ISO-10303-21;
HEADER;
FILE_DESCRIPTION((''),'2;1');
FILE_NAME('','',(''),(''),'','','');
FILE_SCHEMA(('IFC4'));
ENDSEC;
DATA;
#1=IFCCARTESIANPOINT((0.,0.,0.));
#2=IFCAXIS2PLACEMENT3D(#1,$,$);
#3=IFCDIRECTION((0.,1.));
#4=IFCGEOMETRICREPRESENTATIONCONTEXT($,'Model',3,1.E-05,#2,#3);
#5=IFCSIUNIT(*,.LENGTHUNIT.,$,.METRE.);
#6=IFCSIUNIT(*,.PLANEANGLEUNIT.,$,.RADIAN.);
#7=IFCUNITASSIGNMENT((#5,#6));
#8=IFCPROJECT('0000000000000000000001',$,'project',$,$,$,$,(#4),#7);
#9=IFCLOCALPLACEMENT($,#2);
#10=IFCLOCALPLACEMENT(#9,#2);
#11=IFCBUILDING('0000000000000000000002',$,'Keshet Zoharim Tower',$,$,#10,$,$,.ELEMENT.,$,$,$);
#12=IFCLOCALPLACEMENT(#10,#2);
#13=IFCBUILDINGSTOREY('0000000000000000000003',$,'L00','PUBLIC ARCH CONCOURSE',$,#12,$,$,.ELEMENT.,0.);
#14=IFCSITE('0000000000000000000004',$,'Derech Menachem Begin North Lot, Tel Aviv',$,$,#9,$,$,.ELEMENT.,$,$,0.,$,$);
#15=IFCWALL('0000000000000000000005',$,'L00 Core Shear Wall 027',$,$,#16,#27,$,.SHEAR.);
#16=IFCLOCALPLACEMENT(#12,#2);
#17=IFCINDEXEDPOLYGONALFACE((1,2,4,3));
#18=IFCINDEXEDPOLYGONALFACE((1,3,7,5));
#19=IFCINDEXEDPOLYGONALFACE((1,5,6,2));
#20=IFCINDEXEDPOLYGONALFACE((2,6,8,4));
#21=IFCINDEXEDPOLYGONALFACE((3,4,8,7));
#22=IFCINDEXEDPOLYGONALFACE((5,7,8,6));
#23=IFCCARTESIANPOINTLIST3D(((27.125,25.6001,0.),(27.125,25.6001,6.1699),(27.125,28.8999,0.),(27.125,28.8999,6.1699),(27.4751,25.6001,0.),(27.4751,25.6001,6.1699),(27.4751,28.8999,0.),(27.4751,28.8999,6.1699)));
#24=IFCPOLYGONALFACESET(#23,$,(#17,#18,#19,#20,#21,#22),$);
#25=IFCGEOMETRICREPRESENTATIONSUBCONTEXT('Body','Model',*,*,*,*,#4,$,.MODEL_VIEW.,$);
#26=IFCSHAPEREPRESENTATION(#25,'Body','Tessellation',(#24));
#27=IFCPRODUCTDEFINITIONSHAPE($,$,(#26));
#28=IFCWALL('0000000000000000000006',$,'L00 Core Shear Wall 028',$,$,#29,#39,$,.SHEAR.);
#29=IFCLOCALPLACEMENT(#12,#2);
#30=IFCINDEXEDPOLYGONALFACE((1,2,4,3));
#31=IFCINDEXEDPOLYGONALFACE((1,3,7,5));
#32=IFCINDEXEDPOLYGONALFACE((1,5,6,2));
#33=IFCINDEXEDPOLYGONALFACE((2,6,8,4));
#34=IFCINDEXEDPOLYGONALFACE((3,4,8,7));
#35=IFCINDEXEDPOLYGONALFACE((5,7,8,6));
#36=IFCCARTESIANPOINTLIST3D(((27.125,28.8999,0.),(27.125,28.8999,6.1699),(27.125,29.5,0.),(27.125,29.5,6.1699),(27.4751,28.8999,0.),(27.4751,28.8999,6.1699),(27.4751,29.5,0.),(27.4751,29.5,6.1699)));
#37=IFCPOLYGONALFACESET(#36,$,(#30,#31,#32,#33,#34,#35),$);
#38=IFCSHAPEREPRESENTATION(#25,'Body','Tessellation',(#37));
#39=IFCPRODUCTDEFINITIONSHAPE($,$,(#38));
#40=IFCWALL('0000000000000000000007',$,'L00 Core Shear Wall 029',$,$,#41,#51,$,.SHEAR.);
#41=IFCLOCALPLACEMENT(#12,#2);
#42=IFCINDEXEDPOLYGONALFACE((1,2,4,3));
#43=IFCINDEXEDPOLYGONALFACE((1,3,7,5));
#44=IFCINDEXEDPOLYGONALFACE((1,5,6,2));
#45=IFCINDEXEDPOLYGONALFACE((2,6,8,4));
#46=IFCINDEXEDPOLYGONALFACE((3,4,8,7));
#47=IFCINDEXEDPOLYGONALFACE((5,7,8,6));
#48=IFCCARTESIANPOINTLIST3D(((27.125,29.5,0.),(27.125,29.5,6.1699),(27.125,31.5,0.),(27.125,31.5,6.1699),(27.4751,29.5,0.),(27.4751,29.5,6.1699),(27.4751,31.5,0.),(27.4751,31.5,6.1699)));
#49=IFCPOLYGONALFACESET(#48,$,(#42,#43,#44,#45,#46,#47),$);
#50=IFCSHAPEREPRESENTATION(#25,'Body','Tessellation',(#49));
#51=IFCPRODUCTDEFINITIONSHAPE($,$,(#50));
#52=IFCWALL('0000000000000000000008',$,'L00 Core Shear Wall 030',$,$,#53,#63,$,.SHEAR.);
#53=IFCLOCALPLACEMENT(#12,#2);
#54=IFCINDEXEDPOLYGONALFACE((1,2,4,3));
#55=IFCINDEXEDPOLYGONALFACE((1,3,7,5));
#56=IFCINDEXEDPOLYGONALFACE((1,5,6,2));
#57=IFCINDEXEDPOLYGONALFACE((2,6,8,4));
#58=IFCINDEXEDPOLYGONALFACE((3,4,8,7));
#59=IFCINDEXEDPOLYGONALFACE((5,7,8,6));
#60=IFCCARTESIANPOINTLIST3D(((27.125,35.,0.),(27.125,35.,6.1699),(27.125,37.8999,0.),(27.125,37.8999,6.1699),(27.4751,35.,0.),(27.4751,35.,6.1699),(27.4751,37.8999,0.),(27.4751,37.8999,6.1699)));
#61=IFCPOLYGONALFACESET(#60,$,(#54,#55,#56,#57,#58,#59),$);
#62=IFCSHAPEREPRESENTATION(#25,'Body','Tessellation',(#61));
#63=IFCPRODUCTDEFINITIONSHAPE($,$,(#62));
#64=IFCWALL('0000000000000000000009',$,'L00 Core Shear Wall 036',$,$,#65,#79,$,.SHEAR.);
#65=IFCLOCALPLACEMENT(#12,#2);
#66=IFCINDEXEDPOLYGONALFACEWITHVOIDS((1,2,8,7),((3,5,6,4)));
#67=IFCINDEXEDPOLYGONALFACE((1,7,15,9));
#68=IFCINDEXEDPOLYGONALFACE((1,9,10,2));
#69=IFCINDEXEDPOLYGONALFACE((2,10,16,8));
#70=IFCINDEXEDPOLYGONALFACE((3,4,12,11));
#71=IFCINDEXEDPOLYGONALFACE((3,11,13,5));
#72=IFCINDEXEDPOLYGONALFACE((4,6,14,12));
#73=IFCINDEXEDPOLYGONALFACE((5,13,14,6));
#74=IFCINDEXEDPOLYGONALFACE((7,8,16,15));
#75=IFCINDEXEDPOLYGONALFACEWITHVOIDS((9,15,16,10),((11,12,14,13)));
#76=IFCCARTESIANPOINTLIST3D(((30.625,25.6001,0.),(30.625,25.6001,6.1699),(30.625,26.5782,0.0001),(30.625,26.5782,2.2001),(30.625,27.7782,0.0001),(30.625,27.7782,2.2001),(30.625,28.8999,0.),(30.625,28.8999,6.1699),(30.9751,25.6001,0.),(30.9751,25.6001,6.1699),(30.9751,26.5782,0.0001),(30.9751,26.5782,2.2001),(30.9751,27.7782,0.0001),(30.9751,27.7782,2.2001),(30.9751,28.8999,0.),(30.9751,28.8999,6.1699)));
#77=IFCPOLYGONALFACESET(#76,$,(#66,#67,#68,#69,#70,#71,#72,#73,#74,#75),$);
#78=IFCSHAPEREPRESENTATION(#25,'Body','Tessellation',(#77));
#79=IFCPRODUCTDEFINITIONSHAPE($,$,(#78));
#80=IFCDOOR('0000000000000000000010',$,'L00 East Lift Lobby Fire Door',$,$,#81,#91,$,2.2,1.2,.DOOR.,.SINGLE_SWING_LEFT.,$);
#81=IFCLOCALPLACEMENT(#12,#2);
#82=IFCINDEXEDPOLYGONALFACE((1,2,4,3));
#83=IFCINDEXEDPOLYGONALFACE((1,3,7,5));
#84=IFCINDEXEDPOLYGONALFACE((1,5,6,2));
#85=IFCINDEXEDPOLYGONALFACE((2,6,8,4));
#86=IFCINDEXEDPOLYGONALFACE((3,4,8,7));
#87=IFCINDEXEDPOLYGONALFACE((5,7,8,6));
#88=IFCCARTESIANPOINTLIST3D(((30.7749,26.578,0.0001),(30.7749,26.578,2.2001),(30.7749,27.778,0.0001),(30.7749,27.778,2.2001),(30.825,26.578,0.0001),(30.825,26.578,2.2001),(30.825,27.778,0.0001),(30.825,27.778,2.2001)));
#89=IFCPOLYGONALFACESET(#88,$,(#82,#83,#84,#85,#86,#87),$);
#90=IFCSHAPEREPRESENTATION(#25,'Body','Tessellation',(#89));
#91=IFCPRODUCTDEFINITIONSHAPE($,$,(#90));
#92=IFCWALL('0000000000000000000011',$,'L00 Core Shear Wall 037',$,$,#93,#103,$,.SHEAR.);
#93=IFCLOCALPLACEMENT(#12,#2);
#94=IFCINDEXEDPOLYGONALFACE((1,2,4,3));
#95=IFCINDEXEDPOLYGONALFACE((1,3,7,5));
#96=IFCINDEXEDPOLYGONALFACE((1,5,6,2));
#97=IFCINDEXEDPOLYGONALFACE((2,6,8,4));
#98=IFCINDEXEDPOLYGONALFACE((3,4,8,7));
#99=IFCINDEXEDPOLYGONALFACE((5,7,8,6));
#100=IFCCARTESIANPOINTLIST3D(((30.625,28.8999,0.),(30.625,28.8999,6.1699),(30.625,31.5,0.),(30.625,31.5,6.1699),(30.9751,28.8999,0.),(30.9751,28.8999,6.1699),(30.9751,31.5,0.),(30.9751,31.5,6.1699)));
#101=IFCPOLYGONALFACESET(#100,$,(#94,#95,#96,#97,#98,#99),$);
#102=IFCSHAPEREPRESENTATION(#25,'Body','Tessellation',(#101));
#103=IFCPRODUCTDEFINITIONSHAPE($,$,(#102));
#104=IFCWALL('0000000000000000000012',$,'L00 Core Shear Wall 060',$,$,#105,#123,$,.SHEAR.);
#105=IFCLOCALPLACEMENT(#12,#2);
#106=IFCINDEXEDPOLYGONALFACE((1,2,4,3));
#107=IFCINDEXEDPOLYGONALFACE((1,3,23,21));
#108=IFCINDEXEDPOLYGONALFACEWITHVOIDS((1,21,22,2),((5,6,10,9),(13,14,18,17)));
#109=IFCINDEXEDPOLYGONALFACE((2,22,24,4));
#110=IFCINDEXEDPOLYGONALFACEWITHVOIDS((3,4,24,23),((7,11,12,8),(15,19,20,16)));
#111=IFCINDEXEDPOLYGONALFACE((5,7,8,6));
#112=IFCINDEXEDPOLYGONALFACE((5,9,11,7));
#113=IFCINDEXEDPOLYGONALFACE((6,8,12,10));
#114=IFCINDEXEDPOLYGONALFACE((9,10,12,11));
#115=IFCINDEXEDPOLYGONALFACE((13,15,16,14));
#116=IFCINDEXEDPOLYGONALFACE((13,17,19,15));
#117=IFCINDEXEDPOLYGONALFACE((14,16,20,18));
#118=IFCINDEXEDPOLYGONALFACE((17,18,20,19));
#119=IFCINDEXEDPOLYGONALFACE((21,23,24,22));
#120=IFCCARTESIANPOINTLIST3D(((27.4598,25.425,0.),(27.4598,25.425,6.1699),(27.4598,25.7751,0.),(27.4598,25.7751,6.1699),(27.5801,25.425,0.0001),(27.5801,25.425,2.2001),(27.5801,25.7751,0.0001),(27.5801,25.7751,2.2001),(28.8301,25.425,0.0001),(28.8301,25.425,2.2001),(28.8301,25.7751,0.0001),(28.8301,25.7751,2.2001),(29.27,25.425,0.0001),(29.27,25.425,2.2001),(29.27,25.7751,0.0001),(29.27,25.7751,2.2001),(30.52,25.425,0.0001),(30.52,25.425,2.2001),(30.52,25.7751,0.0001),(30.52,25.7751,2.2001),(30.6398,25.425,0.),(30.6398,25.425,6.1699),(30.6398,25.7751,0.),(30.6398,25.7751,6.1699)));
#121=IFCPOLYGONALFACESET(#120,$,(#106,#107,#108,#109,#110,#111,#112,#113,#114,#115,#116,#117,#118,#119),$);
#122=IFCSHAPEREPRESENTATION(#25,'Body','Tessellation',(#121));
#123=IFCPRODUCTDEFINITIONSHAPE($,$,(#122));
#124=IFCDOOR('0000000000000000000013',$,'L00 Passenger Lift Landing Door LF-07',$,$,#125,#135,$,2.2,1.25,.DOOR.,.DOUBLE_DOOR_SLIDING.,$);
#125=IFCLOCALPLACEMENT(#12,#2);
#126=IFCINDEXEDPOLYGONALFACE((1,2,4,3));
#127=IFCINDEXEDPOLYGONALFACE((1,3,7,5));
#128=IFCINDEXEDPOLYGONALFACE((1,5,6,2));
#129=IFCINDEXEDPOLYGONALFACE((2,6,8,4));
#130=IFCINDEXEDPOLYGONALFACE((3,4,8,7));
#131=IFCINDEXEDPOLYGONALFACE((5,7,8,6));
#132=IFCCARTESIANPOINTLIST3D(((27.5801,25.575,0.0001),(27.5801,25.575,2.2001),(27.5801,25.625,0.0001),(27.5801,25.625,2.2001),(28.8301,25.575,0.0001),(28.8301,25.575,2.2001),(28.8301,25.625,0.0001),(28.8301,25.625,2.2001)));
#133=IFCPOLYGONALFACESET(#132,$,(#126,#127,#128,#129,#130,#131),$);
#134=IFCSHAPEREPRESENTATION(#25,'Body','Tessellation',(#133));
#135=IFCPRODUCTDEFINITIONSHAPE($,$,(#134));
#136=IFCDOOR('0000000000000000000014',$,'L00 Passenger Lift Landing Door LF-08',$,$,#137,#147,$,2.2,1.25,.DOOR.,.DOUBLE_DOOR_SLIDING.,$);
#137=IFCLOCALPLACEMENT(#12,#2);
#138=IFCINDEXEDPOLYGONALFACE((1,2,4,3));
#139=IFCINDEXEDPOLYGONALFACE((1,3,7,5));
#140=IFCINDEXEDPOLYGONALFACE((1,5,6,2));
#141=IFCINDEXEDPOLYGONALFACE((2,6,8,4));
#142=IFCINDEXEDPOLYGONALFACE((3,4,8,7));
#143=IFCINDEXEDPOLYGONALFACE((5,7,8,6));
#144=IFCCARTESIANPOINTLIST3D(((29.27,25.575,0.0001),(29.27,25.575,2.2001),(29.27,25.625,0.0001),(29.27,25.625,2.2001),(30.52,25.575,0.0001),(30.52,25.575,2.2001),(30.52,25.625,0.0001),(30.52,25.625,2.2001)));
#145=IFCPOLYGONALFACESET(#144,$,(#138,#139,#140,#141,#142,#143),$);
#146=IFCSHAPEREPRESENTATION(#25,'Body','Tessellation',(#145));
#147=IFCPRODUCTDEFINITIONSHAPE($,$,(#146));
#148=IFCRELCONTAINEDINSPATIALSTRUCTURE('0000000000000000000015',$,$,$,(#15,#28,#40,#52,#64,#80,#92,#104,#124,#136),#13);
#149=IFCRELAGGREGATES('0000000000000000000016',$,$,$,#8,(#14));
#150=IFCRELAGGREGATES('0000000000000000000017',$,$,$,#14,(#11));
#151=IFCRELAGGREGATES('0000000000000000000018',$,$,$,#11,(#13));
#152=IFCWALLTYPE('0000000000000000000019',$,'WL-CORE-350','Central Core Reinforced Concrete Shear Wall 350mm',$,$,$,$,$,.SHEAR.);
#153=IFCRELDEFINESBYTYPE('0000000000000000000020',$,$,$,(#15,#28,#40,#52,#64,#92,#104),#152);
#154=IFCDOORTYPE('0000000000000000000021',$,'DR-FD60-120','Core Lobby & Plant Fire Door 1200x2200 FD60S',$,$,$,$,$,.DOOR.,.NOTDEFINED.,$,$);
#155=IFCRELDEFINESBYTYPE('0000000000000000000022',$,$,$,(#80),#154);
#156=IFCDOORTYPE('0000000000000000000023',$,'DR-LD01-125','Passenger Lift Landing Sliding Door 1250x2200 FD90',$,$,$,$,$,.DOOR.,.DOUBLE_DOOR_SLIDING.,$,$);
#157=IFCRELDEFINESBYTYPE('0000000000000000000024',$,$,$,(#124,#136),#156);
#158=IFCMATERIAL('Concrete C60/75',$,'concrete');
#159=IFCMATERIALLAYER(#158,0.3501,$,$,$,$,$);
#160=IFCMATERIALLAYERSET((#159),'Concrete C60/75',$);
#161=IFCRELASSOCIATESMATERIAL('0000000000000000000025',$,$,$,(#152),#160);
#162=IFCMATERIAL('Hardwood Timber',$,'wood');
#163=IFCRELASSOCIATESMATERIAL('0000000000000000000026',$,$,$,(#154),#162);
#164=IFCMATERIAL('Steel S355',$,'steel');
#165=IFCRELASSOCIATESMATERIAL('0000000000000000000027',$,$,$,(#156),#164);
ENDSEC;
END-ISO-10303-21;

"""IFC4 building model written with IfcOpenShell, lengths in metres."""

from ifc_helpers import new_model, si_unit, direction, frame, frame_2d, origin, place, context, subcontext, project, spatial, rectangle, extrude, material, layer, layer_set, type_object, element, fill, save


model = new_model("IFC4")

# Units and contexts
model_context = context("Model", 3, precision=1e-05, world=origin(), true_north=direction((0.0, 1.0)))
body_context = subcontext(model_context, "Body", "Model", "MODEL_VIEW")
ifc_project = project(units=[si_unit("LENGTHUNIT", "METRE"), si_unit("PLANEANGLEUNIT", "RADIAN")], contexts=[model_context])

# Site, building, storey
site_placement = place(None, origin())
site = spatial("IfcSite", under=ifc_project, at=site_placement, Name="Derech Menachem Begin North Lot, Tel Aviv", CompositionType="ELEMENT", RefElevation=0.0)
building_placement = place(site_placement, origin())
building = spatial("IfcBuilding", under=site, at=building_placement, Name="Keshet Zoharim Tower", CompositionType="ELEMENT")
storey_placement = place(building_placement, origin())
storey = spatial("IfcBuildingStorey", under=building, at=storey_placement, Name="L00", Description="PUBLIC ARCH CONCOURSE", CompositionType="ELEMENT", Elevation=0.0)

# Walls
ifc_material_1 = material(Name="Concrete C60/75", Category="concrete")
ifc_layer_1 = layer(ifc_material_1, 0.3501)
ifc_layer_set_1 = layer_set([ifc_layer_1], Name="Concrete C60/75")
wall_type_1 = type_object("IfcWallType", Name="WL-CORE-350", Description="Central Core Reinforced Concrete Shear Wall 350mm", PredefinedType="SHEAR", material=ifc_layer_set_1)
wall_1_placement = place(storey_placement, frame((27.3, 25.6001, 0.0), z_axis=(0.0, 0.0, 1.0), x_axis=(0.0, 1.0, 0.0)))
element("IfcWall", 1, at=wall_1_placement, inside=storey, type_object=wall_type_1, Name="L00 Core Shear Wall 027", PredefinedType="SHEAR", context=body_context, shape_type="SweptSolid", body=[
    extrude(rectangle(XDim=3.2998, YDim=0.3501, at=frame_2d((1.6499, 0.0))), origin(), (0.0, 0.0, 1.0), 6.1699),
])
wall_2_placement = place(storey_placement, frame((27.3, 28.8999, 0.0), z_axis=(0.0, 0.0, 1.0), x_axis=(0.0, 1.0, 0.0)))
element("IfcWall", 2, at=wall_2_placement, inside=storey, type_object=wall_type_1, Name="L00 Core Shear Wall 028", PredefinedType="SHEAR", context=body_context, shape_type="SweptSolid", body=[
    extrude(rectangle(XDim=0.6001, YDim=0.3501, at=frame_2d((0.3, 0.0))), origin(), (0.0, 0.0, 1.0), 6.1699),
])
wall_3_placement = place(storey_placement, frame((27.3, 29.5, 0.0), z_axis=(0.0, 0.0, 1.0), x_axis=(0.0, 1.0, 0.0)))
element("IfcWall", 3, at=wall_3_placement, inside=storey, type_object=wall_type_1, Name="L00 Core Shear Wall 029", PredefinedType="SHEAR", context=body_context, shape_type="SweptSolid", body=[
    extrude(rectangle(XDim=2.0, YDim=0.3501, at=frame_2d((1.0, 0.0))), origin(), (0.0, 0.0, 1.0), 6.1699),
])
wall_4_placement = place(storey_placement, frame((27.3, 35.0, 0.0), z_axis=(0.0, 0.0, 1.0), x_axis=(0.0, 1.0, 0.0)))
element("IfcWall", 4, at=wall_4_placement, inside=storey, type_object=wall_type_1, Name="L00 Core Shear Wall 030", PredefinedType="SHEAR", context=body_context, shape_type="SweptSolid", body=[
    extrude(rectangle(XDim=2.8999, YDim=0.3501, at=frame_2d((1.45, 0.0))), origin(), (0.0, 0.0, 1.0), 6.1699),
])

# Wall, opening, door
wall_5_placement = place(storey_placement, frame((30.8, 25.6001, 0.0), z_axis=(0.0, 0.0, 1.0), x_axis=(0.0, 1.0, 0.0)))
wall_5 = element("IfcWall", 5, at=wall_5_placement, inside=storey, type_object=wall_type_1, Name="L00 Core Shear Wall 036", PredefinedType="SHEAR", context=body_context, shape_type="SweptSolid", body=[
    extrude(rectangle(XDim=3.2998, YDim=0.3501, at=frame_2d((1.6499, 0.0))), origin(), (0.0, 0.0, 1.0), 6.1699),
])
opening_1_placement = place(wall_5_placement, frame((0.978, 0.0, 0.0)))
opening_1 = element("IfcOpeningElement", 6, at=opening_1_placement, cuts=wall_5, PredefinedType="OPENING", context=body_context, shape_type="SweptSolid", body=[
    extrude(rectangle(XDim=1.2, YDim=2.2, at=frame_2d((0.6001, 1.1001))), frame((0.0, 0.1851, 0.0), z_axis=(0.0, -1.0, 0.0), x_axis=(1.0, 0.0, 0.0)), (0.0, 0.0, 1.0), 0.3701),
])
ifc_material_2 = material(Name="Hardwood Timber", Category="wood")
door_type_1 = type_object("IfcDoorType", Name="DR-FD60-120", Description="Core Lobby & Plant Fire Door 1200x2200 FD60S", OperationType="NOTDEFINED", PredefinedType="DOOR", material=ifc_material_2)
door_1_placement = place(opening_1_placement, frame((1.2, 0.0, 0.0), z_axis=(0.0, 0.0, 1.0), x_axis=(-1.0, 0.0, 0.0)))
door_1 = element("IfcDoor", 7, at=door_1_placement, inside=storey, type_object=door_type_1, Name="L00 East Lift Lobby Fire Door", OperationType="SINGLE_SWING_LEFT", OverallHeight=2.2, OverallWidth=1.2, PredefinedType="DOOR", context=body_context, shape_type="SweptSolid", body=[
    extrude(rectangle(XDim=1.2, YDim=2.2, at=frame_2d((0.6001, 1.1001))), frame((0.0, 0.0249, 0.0), z_axis=(0.0, -1.0, 0.0), x_axis=(1.0, 0.0, 0.0)), (0.0, 0.0, 1.0), 0.05),
])
fill(opening_1, door_1)

# Wall
wall_6_placement = place(storey_placement, frame((30.8, 28.8999, 0.0), z_axis=(0.0, 0.0, 1.0), x_axis=(0.0, 1.0, 0.0)))
element("IfcWall", 8, at=wall_6_placement, inside=storey, type_object=wall_type_1, Name="L00 Core Shear Wall 037", PredefinedType="SHEAR", context=body_context, shape_type="SweptSolid", body=[
    extrude(rectangle(XDim=2.6001, YDim=0.3501, at=frame_2d((1.3, 0.0))), origin(), (0.0, 0.0, 1.0), 6.1699),
])

# Wall, openings, doors
wall_7_placement = place(storey_placement, frame((27.46, 25.6001, 0.0), z_axis=(0.0, 0.0, 1.0), x_axis=(1.0, 0.0, 0.0)))
wall_7 = element("IfcWall", 9, at=wall_7_placement, inside=storey, type_object=wall_type_1, Name="L00 Core Shear Wall 060", PredefinedType="SHEAR", context=body_context, shape_type="SweptSolid", body=[
    extrude(rectangle(XDim=3.1799, YDim=0.3501, at=frame_2d((1.5898, 0.0))), origin(), (0.0, 0.0, 1.0), 6.1699),
])
opening_2_placement = place(wall_7_placement, frame((0.1201, 0.0, 0.0)))
opening_2 = element("IfcOpeningElement", 10, at=opening_2_placement, cuts=wall_7, PredefinedType="OPENING", context=body_context, shape_type="SweptSolid", body=[
    extrude(rectangle(XDim=1.25, YDim=2.2, at=frame_2d((0.625, 1.1001))), frame((0.0, 0.1851, 0.0), z_axis=(0.0, -1.0, 0.0), x_axis=(1.0, 0.0, 0.0)), (0.0, 0.0, 1.0), 0.3701),
])
opening_3_placement = place(wall_7_placement, frame((1.8101, 0.0, 0.0)))
opening_3 = element("IfcOpeningElement", 11, at=opening_3_placement, cuts=wall_7, PredefinedType="OPENING", context=body_context, shape_type="SweptSolid", body=[
    extrude(rectangle(XDim=1.25, YDim=2.2, at=frame_2d((0.625, 1.1001))), frame((0.0, 0.1851, 0.0), z_axis=(0.0, -1.0, 0.0), x_axis=(1.0, 0.0, 0.0)), (0.0, 0.0, 1.0), 0.3701),
])
ifc_material_3 = material(Name="Steel S355", Category="steel")
door_type_2 = type_object("IfcDoorType", Name="DR-LD01-125", Description="Passenger Lift Landing Sliding Door 1250x2200 FD90", OperationType="DOUBLE_DOOR_SLIDING", PredefinedType="DOOR", material=ifc_material_3)
door_2_placement = place(opening_2_placement, origin())
door_2 = element("IfcDoor", 12, at=door_2_placement, inside=storey, type_object=door_type_2, Name="L00 Passenger Lift Landing Door LF-07", OperationType="DOUBLE_DOOR_SLIDING", OverallHeight=2.2, OverallWidth=1.25, PredefinedType="DOOR", context=body_context, shape_type="SweptSolid", body=[
    extrude(rectangle(XDim=1.25, YDim=2.2, at=frame_2d((0.625, 1.1001))), frame((0.0, 0.0249, 0.0), z_axis=(0.0, -1.0, 0.0), x_axis=(1.0, 0.0, 0.0)), (0.0, 0.0, 1.0), 0.05),
])
fill(opening_2, door_2)
door_3_placement = place(opening_3_placement, origin())
door_3 = element("IfcDoor", 13, at=door_3_placement, inside=storey, type_object=door_type_2, Name="L00 Passenger Lift Landing Door LF-08", OperationType="DOUBLE_DOOR_SLIDING", OverallHeight=2.2, OverallWidth=1.25, PredefinedType="DOOR", context=body_context, shape_type="SweptSolid", body=[
    extrude(rectangle(XDim=1.25, YDim=2.2, at=frame_2d((0.625, 1.1001))), frame((0.0, 0.0249, 0.0), z_axis=(0.0, -1.0, 0.0), x_axis=(1.0, 0.0, 0.0)), (0.0, 0.0, 1.0), 0.05),
])
fill(opening_3, door_3)

save(model, "model.ifc")
